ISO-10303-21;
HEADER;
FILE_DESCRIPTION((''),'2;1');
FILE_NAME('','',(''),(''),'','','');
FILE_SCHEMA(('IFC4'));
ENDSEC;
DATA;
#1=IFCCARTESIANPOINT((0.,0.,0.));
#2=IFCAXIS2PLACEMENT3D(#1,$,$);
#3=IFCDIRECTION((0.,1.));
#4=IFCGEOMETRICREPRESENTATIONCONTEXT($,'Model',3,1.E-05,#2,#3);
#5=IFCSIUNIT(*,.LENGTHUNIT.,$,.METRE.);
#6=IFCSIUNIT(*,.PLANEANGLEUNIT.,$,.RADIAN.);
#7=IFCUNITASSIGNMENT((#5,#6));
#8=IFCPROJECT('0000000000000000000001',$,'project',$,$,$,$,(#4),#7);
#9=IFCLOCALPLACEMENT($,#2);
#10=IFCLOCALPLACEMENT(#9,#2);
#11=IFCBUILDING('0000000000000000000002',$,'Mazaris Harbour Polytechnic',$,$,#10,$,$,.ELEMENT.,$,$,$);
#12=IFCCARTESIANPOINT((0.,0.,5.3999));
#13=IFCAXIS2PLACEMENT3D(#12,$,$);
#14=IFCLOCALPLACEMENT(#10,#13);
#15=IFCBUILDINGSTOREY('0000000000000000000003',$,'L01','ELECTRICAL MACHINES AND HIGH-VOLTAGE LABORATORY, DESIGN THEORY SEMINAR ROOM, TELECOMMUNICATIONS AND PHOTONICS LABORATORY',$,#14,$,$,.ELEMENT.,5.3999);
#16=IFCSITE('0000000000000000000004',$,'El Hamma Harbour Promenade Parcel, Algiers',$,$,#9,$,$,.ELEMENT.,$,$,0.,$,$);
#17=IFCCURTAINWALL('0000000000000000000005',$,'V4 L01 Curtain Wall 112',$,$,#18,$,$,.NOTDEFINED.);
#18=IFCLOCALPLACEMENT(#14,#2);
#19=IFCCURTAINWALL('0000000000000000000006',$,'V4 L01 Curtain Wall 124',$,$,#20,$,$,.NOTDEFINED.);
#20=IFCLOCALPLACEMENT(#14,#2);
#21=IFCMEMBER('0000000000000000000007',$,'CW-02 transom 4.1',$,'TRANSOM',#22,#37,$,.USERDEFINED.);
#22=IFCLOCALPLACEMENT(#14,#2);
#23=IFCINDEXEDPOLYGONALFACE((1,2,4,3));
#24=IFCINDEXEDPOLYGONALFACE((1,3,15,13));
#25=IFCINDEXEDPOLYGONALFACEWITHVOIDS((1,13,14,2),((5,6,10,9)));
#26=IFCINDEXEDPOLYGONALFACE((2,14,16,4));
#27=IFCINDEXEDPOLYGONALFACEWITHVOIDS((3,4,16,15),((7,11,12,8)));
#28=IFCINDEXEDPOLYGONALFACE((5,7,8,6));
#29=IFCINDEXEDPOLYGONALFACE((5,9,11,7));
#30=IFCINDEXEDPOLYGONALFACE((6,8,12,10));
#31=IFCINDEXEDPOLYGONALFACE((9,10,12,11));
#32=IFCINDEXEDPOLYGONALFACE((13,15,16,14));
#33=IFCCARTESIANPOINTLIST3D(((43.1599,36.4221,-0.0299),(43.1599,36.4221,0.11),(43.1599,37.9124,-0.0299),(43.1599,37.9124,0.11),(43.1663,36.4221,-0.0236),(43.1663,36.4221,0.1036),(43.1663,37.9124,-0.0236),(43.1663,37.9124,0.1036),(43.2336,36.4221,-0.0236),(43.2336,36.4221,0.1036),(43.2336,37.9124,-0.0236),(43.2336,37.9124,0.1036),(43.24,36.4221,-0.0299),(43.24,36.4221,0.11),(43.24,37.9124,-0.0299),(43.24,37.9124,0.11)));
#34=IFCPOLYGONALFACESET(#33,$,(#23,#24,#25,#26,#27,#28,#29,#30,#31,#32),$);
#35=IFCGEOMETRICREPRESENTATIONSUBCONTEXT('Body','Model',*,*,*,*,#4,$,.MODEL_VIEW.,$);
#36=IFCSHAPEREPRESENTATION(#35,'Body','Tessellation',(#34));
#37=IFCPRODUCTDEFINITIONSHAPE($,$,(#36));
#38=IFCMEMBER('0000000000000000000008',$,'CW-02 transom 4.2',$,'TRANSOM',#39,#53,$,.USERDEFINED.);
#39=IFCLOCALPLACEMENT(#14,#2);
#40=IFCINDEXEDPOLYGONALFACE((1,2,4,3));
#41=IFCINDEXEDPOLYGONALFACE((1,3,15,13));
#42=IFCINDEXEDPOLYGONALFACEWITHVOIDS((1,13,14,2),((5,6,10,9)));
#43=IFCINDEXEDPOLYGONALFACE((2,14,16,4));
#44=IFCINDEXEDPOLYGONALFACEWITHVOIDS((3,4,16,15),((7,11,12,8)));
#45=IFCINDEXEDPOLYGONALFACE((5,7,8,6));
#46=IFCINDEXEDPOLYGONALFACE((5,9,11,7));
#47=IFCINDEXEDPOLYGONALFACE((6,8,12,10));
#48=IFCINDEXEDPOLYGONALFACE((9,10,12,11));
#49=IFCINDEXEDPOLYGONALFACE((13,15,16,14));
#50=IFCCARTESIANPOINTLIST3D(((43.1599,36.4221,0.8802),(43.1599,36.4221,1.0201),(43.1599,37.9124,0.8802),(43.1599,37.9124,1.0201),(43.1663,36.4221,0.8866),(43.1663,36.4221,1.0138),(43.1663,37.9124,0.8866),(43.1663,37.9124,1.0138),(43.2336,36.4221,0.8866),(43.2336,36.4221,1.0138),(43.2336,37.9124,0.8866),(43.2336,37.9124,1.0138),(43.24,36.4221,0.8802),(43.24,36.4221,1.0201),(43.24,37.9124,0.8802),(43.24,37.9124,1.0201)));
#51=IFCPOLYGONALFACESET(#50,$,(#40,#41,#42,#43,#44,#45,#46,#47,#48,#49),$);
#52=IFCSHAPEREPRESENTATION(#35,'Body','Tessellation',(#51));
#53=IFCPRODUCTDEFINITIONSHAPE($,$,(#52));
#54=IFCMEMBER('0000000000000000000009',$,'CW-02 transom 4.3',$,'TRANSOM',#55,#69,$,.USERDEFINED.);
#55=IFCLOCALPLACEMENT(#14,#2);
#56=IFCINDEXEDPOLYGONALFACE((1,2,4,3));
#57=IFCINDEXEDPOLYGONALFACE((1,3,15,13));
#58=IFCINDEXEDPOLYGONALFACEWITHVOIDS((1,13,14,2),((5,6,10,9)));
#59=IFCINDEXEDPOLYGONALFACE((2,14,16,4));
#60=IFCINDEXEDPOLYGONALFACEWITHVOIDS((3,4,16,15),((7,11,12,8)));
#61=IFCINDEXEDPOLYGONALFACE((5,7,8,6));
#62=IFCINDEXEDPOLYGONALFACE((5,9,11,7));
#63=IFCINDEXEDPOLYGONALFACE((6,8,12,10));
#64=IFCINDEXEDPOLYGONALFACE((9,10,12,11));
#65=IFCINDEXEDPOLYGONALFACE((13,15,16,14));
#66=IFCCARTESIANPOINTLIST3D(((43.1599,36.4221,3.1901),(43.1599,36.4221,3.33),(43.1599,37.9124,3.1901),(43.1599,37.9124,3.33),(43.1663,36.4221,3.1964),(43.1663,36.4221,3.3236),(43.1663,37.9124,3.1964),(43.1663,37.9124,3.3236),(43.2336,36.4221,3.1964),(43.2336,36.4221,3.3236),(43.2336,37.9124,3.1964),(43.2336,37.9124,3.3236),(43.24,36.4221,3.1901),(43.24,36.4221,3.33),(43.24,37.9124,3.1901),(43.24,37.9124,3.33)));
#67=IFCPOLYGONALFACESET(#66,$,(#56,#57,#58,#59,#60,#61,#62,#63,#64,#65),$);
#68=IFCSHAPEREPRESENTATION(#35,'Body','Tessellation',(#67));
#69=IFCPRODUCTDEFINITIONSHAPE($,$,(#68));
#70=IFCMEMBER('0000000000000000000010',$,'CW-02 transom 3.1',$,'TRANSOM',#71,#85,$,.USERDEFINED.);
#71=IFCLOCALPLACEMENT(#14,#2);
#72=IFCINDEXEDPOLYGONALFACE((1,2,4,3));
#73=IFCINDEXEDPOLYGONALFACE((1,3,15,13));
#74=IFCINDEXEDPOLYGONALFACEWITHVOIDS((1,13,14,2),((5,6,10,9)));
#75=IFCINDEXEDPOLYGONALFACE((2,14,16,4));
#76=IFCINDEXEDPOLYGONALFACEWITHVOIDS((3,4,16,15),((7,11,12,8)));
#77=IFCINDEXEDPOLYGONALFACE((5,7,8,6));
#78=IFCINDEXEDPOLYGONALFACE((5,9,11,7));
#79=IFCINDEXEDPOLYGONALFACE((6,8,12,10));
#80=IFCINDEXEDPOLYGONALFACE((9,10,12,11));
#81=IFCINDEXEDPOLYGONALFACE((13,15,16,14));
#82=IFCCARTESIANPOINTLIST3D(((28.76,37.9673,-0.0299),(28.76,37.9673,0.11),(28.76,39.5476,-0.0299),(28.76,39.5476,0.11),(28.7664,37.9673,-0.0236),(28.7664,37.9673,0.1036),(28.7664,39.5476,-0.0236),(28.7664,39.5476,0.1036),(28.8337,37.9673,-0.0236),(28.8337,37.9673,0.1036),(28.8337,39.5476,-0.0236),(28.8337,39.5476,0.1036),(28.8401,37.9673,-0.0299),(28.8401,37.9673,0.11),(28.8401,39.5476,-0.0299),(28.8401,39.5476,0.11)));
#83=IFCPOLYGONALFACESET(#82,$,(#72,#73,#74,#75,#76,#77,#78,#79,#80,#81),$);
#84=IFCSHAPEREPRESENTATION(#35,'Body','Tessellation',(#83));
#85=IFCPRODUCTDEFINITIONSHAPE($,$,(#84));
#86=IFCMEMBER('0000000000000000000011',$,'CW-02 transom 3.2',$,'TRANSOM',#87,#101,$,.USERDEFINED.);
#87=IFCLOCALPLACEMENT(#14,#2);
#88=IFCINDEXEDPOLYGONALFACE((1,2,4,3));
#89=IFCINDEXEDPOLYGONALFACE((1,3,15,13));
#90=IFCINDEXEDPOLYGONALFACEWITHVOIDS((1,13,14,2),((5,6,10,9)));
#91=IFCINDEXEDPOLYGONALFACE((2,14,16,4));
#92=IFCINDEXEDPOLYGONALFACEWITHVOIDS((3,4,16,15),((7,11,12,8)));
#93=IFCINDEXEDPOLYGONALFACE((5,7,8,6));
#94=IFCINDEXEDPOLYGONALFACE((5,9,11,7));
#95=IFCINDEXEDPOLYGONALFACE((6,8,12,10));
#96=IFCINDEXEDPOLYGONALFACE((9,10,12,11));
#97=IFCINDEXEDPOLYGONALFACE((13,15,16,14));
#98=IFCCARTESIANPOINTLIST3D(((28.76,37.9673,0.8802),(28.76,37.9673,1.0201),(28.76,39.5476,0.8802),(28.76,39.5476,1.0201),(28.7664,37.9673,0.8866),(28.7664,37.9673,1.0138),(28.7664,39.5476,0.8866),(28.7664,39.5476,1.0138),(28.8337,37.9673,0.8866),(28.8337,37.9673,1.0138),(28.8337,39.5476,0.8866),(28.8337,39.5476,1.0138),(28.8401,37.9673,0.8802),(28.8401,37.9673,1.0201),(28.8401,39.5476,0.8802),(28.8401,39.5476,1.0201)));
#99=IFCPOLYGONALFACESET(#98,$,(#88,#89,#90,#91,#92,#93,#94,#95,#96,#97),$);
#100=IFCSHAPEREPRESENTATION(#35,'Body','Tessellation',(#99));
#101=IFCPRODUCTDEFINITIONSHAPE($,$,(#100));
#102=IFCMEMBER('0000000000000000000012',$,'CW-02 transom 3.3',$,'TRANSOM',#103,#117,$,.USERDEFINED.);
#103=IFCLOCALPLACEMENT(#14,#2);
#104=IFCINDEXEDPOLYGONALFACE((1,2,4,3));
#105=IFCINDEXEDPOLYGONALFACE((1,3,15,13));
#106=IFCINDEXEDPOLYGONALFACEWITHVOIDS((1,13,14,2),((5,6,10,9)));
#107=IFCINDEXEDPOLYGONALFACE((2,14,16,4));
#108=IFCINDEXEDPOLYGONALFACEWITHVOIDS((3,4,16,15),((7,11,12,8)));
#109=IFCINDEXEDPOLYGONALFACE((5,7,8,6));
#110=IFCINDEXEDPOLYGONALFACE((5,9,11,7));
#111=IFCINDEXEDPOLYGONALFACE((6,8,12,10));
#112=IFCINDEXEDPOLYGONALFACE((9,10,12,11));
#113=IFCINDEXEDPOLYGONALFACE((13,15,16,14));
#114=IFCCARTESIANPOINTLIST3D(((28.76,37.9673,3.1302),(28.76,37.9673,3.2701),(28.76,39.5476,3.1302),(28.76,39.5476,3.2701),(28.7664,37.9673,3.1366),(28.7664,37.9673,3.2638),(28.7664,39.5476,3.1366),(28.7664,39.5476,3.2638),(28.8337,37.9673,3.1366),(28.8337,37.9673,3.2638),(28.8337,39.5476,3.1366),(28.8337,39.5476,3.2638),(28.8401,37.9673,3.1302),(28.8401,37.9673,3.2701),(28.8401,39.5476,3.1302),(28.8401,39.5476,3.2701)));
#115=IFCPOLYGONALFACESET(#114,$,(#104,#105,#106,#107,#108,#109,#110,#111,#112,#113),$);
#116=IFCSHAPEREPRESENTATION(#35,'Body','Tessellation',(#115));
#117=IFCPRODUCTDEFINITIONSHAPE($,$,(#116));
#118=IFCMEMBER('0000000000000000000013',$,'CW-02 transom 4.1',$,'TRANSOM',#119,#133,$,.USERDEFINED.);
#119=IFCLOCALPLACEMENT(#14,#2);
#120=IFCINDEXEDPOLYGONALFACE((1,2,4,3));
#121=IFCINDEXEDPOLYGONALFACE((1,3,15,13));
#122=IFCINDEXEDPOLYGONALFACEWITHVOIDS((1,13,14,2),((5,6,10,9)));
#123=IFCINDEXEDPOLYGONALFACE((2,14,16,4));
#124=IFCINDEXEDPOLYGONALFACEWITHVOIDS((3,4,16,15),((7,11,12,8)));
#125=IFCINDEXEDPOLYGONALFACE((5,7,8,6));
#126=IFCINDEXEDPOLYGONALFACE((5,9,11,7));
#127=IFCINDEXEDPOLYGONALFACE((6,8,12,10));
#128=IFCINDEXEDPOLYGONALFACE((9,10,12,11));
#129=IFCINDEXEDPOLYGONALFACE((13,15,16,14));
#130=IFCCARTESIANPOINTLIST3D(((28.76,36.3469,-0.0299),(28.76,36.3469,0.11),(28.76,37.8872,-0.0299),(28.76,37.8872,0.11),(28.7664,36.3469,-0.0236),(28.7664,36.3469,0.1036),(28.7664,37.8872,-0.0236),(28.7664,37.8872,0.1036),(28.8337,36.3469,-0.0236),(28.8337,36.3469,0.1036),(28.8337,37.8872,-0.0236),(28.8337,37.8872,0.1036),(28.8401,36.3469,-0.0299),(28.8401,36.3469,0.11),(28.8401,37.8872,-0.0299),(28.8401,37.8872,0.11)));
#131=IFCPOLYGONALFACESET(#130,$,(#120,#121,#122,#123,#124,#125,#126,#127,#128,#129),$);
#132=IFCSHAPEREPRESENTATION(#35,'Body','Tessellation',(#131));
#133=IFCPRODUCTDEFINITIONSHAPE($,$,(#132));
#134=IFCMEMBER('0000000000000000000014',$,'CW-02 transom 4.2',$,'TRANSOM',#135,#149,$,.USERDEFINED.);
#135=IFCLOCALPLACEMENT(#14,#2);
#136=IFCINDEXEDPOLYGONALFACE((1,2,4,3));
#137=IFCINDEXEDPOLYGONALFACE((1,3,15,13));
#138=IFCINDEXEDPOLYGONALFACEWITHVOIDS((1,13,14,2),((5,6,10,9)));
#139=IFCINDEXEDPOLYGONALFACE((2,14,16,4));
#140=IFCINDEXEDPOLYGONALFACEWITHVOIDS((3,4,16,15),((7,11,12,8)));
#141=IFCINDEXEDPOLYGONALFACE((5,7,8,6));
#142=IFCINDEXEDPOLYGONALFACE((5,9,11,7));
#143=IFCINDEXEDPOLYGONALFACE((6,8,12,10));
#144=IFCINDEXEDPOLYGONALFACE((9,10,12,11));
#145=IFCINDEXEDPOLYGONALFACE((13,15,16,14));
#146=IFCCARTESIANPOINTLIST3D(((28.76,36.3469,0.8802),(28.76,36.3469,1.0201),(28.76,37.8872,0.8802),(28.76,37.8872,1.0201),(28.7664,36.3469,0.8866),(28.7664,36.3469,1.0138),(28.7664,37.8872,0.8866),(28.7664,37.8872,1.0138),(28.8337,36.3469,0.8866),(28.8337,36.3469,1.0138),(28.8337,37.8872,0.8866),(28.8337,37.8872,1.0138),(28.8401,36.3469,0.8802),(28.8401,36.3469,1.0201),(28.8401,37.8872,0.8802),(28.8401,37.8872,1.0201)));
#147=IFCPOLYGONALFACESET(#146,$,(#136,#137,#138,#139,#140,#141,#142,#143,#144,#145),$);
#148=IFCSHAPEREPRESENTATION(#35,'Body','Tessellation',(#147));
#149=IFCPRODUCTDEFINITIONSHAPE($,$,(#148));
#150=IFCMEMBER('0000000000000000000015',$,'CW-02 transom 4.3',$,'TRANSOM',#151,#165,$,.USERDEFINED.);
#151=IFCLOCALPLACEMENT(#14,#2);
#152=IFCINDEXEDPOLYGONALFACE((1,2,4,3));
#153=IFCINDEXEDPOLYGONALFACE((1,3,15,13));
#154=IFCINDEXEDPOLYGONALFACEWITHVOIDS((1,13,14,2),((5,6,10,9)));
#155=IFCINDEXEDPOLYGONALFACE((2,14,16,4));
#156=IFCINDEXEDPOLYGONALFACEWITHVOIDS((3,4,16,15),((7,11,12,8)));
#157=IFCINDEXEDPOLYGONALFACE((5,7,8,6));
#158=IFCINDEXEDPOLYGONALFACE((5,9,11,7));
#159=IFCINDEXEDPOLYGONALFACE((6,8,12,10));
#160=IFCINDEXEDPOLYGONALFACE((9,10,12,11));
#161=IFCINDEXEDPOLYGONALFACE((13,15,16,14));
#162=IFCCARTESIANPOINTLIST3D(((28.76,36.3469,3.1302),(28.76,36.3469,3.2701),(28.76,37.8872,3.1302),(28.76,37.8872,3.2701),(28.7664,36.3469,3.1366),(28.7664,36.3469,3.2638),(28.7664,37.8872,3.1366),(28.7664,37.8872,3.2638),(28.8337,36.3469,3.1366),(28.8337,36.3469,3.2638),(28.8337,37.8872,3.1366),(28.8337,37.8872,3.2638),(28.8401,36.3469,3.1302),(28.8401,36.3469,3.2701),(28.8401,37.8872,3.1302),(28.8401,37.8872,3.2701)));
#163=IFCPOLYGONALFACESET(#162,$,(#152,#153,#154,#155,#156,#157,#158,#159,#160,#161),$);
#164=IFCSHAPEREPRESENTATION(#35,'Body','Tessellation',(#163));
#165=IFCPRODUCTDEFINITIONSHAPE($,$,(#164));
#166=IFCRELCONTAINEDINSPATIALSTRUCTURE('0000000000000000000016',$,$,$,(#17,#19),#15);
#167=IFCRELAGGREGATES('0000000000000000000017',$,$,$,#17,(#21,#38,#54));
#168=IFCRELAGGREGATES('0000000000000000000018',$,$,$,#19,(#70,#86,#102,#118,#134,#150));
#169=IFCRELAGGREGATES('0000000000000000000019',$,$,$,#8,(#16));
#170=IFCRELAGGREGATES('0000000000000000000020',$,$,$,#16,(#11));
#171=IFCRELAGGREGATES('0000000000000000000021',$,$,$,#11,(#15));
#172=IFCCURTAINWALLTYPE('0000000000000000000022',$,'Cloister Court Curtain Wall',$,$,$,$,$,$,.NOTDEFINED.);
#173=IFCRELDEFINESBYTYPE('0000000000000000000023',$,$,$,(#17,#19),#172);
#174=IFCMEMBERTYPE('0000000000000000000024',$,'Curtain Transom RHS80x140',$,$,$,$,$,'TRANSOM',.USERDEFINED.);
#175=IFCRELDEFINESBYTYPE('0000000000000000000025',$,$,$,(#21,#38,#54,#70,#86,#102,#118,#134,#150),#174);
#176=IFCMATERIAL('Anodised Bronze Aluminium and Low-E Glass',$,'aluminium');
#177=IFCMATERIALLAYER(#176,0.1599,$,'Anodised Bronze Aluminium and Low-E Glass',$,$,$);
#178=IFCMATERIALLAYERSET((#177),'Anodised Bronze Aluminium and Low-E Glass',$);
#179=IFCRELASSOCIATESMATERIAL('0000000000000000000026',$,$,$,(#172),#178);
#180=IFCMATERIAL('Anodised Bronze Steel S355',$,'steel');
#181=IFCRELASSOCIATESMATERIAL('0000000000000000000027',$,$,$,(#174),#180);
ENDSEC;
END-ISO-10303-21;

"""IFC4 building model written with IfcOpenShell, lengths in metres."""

from ifc_helpers import new_model, si_unit, direction, frame, origin, origin_2d, place, context, subcontext, project, spatial, hollow_rectangle, extrude, material, layer, layer_set, material_profile, profile_set, type_object, element, aggregate, save


model = new_model("IFC4")

# Units and contexts
model_context = context("Model", 3, precision=1e-05, world=origin(), true_north=direction((0.0, 1.0)))
body_context = subcontext(model_context, "Body", "Model", "MODEL_VIEW")
ifc_project = project(units=[si_unit("LENGTHUNIT", "METRE"), si_unit("PLANEANGLEUNIT", "RADIAN")], contexts=[model_context])

# Site, building, storey
site_placement = place(None, origin())
site = spatial("IfcSite", under=ifc_project, at=site_placement, Name="El Hamma Harbour Promenade Parcel, Algiers", CompositionType="ELEMENT", RefElevation=0.0)
building_placement = place(site_placement, origin())
building = spatial("IfcBuilding", under=site, at=building_placement, Name="Mazaris Harbour Polytechnic", CompositionType="ELEMENT")
storey_placement = place(building_placement, frame((0.0, 0.0, 5.3999)))
storey = spatial("IfcBuildingStorey", under=building, at=storey_placement, Name="L01", Description="ELECTRICAL MACHINES AND HIGH-VOLTAGE LABORATORY, DESIGN THEORY SEMINAR ROOM, TELECOMMUNICATIONS AND PHOTONICS LABORATORY", CompositionType="ELEMENT", Elevation=5.3999)

# Curtain walls
ifc_material_1 = material(Name="Anodised Bronze Aluminium and Low-E Glass", Category="aluminium")
ifc_layer_1 = layer(ifc_material_1, 0.1599, Name="Anodised Bronze Aluminium and Low-E Glass")
ifc_layer_set_1 = layer_set([ifc_layer_1], Name="Anodised Bronze Aluminium and Low-E Glass")
curtain_wall_type = type_object("IfcCurtainWallType", Name="Cloister Court Curtain Wall", PredefinedType="NOTDEFINED", material=ifc_layer_set_1)
curtain_wall_1_placement = place(storey_placement, origin())
curtain_wall_1 = element("IfcCurtainWall", 1, at=curtain_wall_1_placement, inside=storey, type_object=curtain_wall_type, Name="V4 L01 Curtain Wall 112", PredefinedType="NOTDEFINED")
curtain_wall_2_placement = place(storey_placement, origin())
curtain_wall_2 = element("IfcCurtainWall", 2, at=curtain_wall_2_placement, inside=storey, type_object=curtain_wall_type, Name="V4 L01 Curtain Wall 124", PredefinedType="NOTDEFINED")

# Members
ifc_material_2 = material(Name="Anodised Bronze Steel S355", Category="steel")
ifc_material_profile_1 = material_profile(ifc_material_2, hollow_rectangle(XDim=0.0801, YDim=0.1399, WallThickness=0.0063, at=origin_2d()), Name="RHS 80x140x6.3")
ifc_profile_set_1 = profile_set([ifc_material_profile_1], Name="Anodised Bronze Steel S355")
member_type_1 = type_object("IfcMemberType", Name="Curtain Transom RHS80x140", ElementType="TRANSOM", PredefinedType="USERDEFINED", material=ifc_profile_set_1)
member_1_placement = place(storey_placement, frame((43.2, 37.9124, 0.04), z_axis=(0.0, -1.0, 0.0), x_axis=(1.0, 0.0, 0.0)))
member_1 = element("IfcMember", 3, at=member_1_placement, type_object=member_type_1, Name="CW-02 transom 4.1", ObjectType="TRANSOM", PredefinedType="USERDEFINED", context=body_context, shape_type="SweptSolid", body=[
    extrude(hollow_rectangle(XDim=0.0801, YDim=0.1399, WallThickness=0.0063, at=origin_2d()), origin(), (0.0, 0.0, 1.0), 1.4902),
])
member_2_placement = place(storey_placement, frame((43.2, 37.9124, 0.9502), z_axis=(0.0, -1.0, 0.0), x_axis=(1.0, 0.0, 0.0)))
member_2 = element("IfcMember", 4, at=member_2_placement, type_object=member_type_1, Name="CW-02 transom 4.2", ObjectType="TRANSOM", PredefinedType="USERDEFINED", context=body_context, shape_type="SweptSolid", body=[
    extrude(hollow_rectangle(XDim=0.0801, YDim=0.1399, WallThickness=0.0063, at=origin_2d()), origin(), (0.0, 0.0, 1.0), 1.4902),
])
member_3_placement = place(storey_placement, frame((43.2, 37.9124, 3.26), z_axis=(0.0, -1.0, 0.0), x_axis=(1.0, 0.0, 0.0)))
member_3 = element("IfcMember", 5, at=member_3_placement, type_object=member_type_1, Name="CW-02 transom 4.3", ObjectType="TRANSOM", PredefinedType="USERDEFINED", context=body_context, shape_type="SweptSolid", body=[
    extrude(hollow_rectangle(XDim=0.0801, YDim=0.1399, WallThickness=0.0063, at=origin_2d()), origin(), (0.0, 0.0, 1.0), 1.4902),
])
member_4_placement = place(storey_placement, frame((28.8, 39.5476, 0.04), z_axis=(0.0, -1.0, 0.0), x_axis=(1.0, 0.0, 0.0)))
member_4 = element("IfcMember", 6, at=member_4_placement, type_object=member_type_1, Name="CW-02 transom 3.1", ObjectType="TRANSOM", PredefinedType="USERDEFINED", context=body_context, shape_type="SweptSolid", body=[
    extrude(hollow_rectangle(XDim=0.0801, YDim=0.1399, WallThickness=0.0063, at=origin_2d()), origin(), (0.0, 0.0, 1.0), 1.5803),
])
member_5_placement = place(storey_placement, frame((28.8, 39.5476, 0.9502), z_axis=(0.0, -1.0, 0.0), x_axis=(1.0, 0.0, 0.0)))
member_5 = element("IfcMember", 7, at=member_5_placement, type_object=member_type_1, Name="CW-02 transom 3.2", ObjectType="TRANSOM", PredefinedType="USERDEFINED", context=body_context, shape_type="SweptSolid", body=[
    extrude(hollow_rectangle(XDim=0.0801, YDim=0.1399, WallThickness=0.0063, at=origin_2d()), origin(), (0.0, 0.0, 1.0), 1.5803),
])
member_6_placement = place(storey_placement, frame((28.8, 39.5476, 3.2002), z_axis=(0.0, -1.0, 0.0), x_axis=(1.0, 0.0, 0.0)))
member_6 = element("IfcMember", 8, at=member_6_placement, type_object=member_type_1, Name="CW-02 transom 3.3", ObjectType="TRANSOM", PredefinedType="USERDEFINED", context=body_context, shape_type="SweptSolid", body=[
    extrude(hollow_rectangle(XDim=0.0801, YDim=0.1399, WallThickness=0.0063, at=origin_2d()), origin(), (0.0, 0.0, 1.0), 1.5803),
])
member_7_placement = place(storey_placement, frame((28.8, 37.8872, 0.04), z_axis=(0.0, -1.0, 0.0), x_axis=(1.0, 0.0, 0.0)))
member_7 = element("IfcMember", 9, at=member_7_placement, type_object=member_type_1, Name="CW-02 transom 4.1", ObjectType="TRANSOM", PredefinedType="USERDEFINED", context=body_context, shape_type="SweptSolid", body=[
    extrude(hollow_rectangle(XDim=0.0801, YDim=0.1399, WallThickness=0.0063, at=origin_2d()), origin(), (0.0, 0.0, 1.0), 1.5403),
])
member_8_placement = place(storey_placement, frame((28.8, 37.8872, 0.9502), z_axis=(0.0, -1.0, 0.0), x_axis=(1.0, 0.0, 0.0)))
member_8 = element("IfcMember", 10, at=member_8_placement, type_object=member_type_1, Name="CW-02 transom 4.2", ObjectType="TRANSOM", PredefinedType="USERDEFINED", context=body_context, shape_type="SweptSolid", body=[
    extrude(hollow_rectangle(XDim=0.0801, YDim=0.1399, WallThickness=0.0063, at=origin_2d()), origin(), (0.0, 0.0, 1.0), 1.5403),
])
member_9_placement = place(storey_placement, frame((28.8, 37.8872, 3.2002), z_axis=(0.0, -1.0, 0.0), x_axis=(1.0, 0.0, 0.0)))
member_9 = element("IfcMember", 11, at=member_9_placement, type_object=member_type_1, Name="CW-02 transom 4.3", ObjectType="TRANSOM", PredefinedType="USERDEFINED", context=body_context, shape_type="SweptSolid", body=[
    extrude(hollow_rectangle(XDim=0.0801, YDim=0.1399, WallThickness=0.0063, at=origin_2d()), origin(), (0.0, 0.0, 1.0), 1.5403),
])

aggregate(curtain_wall_1, [member_1, member_2, member_3])
aggregate(curtain_wall_2, [member_4, member_5, member_6, member_7, member_8, member_9])

save(model, "model.ifc")
